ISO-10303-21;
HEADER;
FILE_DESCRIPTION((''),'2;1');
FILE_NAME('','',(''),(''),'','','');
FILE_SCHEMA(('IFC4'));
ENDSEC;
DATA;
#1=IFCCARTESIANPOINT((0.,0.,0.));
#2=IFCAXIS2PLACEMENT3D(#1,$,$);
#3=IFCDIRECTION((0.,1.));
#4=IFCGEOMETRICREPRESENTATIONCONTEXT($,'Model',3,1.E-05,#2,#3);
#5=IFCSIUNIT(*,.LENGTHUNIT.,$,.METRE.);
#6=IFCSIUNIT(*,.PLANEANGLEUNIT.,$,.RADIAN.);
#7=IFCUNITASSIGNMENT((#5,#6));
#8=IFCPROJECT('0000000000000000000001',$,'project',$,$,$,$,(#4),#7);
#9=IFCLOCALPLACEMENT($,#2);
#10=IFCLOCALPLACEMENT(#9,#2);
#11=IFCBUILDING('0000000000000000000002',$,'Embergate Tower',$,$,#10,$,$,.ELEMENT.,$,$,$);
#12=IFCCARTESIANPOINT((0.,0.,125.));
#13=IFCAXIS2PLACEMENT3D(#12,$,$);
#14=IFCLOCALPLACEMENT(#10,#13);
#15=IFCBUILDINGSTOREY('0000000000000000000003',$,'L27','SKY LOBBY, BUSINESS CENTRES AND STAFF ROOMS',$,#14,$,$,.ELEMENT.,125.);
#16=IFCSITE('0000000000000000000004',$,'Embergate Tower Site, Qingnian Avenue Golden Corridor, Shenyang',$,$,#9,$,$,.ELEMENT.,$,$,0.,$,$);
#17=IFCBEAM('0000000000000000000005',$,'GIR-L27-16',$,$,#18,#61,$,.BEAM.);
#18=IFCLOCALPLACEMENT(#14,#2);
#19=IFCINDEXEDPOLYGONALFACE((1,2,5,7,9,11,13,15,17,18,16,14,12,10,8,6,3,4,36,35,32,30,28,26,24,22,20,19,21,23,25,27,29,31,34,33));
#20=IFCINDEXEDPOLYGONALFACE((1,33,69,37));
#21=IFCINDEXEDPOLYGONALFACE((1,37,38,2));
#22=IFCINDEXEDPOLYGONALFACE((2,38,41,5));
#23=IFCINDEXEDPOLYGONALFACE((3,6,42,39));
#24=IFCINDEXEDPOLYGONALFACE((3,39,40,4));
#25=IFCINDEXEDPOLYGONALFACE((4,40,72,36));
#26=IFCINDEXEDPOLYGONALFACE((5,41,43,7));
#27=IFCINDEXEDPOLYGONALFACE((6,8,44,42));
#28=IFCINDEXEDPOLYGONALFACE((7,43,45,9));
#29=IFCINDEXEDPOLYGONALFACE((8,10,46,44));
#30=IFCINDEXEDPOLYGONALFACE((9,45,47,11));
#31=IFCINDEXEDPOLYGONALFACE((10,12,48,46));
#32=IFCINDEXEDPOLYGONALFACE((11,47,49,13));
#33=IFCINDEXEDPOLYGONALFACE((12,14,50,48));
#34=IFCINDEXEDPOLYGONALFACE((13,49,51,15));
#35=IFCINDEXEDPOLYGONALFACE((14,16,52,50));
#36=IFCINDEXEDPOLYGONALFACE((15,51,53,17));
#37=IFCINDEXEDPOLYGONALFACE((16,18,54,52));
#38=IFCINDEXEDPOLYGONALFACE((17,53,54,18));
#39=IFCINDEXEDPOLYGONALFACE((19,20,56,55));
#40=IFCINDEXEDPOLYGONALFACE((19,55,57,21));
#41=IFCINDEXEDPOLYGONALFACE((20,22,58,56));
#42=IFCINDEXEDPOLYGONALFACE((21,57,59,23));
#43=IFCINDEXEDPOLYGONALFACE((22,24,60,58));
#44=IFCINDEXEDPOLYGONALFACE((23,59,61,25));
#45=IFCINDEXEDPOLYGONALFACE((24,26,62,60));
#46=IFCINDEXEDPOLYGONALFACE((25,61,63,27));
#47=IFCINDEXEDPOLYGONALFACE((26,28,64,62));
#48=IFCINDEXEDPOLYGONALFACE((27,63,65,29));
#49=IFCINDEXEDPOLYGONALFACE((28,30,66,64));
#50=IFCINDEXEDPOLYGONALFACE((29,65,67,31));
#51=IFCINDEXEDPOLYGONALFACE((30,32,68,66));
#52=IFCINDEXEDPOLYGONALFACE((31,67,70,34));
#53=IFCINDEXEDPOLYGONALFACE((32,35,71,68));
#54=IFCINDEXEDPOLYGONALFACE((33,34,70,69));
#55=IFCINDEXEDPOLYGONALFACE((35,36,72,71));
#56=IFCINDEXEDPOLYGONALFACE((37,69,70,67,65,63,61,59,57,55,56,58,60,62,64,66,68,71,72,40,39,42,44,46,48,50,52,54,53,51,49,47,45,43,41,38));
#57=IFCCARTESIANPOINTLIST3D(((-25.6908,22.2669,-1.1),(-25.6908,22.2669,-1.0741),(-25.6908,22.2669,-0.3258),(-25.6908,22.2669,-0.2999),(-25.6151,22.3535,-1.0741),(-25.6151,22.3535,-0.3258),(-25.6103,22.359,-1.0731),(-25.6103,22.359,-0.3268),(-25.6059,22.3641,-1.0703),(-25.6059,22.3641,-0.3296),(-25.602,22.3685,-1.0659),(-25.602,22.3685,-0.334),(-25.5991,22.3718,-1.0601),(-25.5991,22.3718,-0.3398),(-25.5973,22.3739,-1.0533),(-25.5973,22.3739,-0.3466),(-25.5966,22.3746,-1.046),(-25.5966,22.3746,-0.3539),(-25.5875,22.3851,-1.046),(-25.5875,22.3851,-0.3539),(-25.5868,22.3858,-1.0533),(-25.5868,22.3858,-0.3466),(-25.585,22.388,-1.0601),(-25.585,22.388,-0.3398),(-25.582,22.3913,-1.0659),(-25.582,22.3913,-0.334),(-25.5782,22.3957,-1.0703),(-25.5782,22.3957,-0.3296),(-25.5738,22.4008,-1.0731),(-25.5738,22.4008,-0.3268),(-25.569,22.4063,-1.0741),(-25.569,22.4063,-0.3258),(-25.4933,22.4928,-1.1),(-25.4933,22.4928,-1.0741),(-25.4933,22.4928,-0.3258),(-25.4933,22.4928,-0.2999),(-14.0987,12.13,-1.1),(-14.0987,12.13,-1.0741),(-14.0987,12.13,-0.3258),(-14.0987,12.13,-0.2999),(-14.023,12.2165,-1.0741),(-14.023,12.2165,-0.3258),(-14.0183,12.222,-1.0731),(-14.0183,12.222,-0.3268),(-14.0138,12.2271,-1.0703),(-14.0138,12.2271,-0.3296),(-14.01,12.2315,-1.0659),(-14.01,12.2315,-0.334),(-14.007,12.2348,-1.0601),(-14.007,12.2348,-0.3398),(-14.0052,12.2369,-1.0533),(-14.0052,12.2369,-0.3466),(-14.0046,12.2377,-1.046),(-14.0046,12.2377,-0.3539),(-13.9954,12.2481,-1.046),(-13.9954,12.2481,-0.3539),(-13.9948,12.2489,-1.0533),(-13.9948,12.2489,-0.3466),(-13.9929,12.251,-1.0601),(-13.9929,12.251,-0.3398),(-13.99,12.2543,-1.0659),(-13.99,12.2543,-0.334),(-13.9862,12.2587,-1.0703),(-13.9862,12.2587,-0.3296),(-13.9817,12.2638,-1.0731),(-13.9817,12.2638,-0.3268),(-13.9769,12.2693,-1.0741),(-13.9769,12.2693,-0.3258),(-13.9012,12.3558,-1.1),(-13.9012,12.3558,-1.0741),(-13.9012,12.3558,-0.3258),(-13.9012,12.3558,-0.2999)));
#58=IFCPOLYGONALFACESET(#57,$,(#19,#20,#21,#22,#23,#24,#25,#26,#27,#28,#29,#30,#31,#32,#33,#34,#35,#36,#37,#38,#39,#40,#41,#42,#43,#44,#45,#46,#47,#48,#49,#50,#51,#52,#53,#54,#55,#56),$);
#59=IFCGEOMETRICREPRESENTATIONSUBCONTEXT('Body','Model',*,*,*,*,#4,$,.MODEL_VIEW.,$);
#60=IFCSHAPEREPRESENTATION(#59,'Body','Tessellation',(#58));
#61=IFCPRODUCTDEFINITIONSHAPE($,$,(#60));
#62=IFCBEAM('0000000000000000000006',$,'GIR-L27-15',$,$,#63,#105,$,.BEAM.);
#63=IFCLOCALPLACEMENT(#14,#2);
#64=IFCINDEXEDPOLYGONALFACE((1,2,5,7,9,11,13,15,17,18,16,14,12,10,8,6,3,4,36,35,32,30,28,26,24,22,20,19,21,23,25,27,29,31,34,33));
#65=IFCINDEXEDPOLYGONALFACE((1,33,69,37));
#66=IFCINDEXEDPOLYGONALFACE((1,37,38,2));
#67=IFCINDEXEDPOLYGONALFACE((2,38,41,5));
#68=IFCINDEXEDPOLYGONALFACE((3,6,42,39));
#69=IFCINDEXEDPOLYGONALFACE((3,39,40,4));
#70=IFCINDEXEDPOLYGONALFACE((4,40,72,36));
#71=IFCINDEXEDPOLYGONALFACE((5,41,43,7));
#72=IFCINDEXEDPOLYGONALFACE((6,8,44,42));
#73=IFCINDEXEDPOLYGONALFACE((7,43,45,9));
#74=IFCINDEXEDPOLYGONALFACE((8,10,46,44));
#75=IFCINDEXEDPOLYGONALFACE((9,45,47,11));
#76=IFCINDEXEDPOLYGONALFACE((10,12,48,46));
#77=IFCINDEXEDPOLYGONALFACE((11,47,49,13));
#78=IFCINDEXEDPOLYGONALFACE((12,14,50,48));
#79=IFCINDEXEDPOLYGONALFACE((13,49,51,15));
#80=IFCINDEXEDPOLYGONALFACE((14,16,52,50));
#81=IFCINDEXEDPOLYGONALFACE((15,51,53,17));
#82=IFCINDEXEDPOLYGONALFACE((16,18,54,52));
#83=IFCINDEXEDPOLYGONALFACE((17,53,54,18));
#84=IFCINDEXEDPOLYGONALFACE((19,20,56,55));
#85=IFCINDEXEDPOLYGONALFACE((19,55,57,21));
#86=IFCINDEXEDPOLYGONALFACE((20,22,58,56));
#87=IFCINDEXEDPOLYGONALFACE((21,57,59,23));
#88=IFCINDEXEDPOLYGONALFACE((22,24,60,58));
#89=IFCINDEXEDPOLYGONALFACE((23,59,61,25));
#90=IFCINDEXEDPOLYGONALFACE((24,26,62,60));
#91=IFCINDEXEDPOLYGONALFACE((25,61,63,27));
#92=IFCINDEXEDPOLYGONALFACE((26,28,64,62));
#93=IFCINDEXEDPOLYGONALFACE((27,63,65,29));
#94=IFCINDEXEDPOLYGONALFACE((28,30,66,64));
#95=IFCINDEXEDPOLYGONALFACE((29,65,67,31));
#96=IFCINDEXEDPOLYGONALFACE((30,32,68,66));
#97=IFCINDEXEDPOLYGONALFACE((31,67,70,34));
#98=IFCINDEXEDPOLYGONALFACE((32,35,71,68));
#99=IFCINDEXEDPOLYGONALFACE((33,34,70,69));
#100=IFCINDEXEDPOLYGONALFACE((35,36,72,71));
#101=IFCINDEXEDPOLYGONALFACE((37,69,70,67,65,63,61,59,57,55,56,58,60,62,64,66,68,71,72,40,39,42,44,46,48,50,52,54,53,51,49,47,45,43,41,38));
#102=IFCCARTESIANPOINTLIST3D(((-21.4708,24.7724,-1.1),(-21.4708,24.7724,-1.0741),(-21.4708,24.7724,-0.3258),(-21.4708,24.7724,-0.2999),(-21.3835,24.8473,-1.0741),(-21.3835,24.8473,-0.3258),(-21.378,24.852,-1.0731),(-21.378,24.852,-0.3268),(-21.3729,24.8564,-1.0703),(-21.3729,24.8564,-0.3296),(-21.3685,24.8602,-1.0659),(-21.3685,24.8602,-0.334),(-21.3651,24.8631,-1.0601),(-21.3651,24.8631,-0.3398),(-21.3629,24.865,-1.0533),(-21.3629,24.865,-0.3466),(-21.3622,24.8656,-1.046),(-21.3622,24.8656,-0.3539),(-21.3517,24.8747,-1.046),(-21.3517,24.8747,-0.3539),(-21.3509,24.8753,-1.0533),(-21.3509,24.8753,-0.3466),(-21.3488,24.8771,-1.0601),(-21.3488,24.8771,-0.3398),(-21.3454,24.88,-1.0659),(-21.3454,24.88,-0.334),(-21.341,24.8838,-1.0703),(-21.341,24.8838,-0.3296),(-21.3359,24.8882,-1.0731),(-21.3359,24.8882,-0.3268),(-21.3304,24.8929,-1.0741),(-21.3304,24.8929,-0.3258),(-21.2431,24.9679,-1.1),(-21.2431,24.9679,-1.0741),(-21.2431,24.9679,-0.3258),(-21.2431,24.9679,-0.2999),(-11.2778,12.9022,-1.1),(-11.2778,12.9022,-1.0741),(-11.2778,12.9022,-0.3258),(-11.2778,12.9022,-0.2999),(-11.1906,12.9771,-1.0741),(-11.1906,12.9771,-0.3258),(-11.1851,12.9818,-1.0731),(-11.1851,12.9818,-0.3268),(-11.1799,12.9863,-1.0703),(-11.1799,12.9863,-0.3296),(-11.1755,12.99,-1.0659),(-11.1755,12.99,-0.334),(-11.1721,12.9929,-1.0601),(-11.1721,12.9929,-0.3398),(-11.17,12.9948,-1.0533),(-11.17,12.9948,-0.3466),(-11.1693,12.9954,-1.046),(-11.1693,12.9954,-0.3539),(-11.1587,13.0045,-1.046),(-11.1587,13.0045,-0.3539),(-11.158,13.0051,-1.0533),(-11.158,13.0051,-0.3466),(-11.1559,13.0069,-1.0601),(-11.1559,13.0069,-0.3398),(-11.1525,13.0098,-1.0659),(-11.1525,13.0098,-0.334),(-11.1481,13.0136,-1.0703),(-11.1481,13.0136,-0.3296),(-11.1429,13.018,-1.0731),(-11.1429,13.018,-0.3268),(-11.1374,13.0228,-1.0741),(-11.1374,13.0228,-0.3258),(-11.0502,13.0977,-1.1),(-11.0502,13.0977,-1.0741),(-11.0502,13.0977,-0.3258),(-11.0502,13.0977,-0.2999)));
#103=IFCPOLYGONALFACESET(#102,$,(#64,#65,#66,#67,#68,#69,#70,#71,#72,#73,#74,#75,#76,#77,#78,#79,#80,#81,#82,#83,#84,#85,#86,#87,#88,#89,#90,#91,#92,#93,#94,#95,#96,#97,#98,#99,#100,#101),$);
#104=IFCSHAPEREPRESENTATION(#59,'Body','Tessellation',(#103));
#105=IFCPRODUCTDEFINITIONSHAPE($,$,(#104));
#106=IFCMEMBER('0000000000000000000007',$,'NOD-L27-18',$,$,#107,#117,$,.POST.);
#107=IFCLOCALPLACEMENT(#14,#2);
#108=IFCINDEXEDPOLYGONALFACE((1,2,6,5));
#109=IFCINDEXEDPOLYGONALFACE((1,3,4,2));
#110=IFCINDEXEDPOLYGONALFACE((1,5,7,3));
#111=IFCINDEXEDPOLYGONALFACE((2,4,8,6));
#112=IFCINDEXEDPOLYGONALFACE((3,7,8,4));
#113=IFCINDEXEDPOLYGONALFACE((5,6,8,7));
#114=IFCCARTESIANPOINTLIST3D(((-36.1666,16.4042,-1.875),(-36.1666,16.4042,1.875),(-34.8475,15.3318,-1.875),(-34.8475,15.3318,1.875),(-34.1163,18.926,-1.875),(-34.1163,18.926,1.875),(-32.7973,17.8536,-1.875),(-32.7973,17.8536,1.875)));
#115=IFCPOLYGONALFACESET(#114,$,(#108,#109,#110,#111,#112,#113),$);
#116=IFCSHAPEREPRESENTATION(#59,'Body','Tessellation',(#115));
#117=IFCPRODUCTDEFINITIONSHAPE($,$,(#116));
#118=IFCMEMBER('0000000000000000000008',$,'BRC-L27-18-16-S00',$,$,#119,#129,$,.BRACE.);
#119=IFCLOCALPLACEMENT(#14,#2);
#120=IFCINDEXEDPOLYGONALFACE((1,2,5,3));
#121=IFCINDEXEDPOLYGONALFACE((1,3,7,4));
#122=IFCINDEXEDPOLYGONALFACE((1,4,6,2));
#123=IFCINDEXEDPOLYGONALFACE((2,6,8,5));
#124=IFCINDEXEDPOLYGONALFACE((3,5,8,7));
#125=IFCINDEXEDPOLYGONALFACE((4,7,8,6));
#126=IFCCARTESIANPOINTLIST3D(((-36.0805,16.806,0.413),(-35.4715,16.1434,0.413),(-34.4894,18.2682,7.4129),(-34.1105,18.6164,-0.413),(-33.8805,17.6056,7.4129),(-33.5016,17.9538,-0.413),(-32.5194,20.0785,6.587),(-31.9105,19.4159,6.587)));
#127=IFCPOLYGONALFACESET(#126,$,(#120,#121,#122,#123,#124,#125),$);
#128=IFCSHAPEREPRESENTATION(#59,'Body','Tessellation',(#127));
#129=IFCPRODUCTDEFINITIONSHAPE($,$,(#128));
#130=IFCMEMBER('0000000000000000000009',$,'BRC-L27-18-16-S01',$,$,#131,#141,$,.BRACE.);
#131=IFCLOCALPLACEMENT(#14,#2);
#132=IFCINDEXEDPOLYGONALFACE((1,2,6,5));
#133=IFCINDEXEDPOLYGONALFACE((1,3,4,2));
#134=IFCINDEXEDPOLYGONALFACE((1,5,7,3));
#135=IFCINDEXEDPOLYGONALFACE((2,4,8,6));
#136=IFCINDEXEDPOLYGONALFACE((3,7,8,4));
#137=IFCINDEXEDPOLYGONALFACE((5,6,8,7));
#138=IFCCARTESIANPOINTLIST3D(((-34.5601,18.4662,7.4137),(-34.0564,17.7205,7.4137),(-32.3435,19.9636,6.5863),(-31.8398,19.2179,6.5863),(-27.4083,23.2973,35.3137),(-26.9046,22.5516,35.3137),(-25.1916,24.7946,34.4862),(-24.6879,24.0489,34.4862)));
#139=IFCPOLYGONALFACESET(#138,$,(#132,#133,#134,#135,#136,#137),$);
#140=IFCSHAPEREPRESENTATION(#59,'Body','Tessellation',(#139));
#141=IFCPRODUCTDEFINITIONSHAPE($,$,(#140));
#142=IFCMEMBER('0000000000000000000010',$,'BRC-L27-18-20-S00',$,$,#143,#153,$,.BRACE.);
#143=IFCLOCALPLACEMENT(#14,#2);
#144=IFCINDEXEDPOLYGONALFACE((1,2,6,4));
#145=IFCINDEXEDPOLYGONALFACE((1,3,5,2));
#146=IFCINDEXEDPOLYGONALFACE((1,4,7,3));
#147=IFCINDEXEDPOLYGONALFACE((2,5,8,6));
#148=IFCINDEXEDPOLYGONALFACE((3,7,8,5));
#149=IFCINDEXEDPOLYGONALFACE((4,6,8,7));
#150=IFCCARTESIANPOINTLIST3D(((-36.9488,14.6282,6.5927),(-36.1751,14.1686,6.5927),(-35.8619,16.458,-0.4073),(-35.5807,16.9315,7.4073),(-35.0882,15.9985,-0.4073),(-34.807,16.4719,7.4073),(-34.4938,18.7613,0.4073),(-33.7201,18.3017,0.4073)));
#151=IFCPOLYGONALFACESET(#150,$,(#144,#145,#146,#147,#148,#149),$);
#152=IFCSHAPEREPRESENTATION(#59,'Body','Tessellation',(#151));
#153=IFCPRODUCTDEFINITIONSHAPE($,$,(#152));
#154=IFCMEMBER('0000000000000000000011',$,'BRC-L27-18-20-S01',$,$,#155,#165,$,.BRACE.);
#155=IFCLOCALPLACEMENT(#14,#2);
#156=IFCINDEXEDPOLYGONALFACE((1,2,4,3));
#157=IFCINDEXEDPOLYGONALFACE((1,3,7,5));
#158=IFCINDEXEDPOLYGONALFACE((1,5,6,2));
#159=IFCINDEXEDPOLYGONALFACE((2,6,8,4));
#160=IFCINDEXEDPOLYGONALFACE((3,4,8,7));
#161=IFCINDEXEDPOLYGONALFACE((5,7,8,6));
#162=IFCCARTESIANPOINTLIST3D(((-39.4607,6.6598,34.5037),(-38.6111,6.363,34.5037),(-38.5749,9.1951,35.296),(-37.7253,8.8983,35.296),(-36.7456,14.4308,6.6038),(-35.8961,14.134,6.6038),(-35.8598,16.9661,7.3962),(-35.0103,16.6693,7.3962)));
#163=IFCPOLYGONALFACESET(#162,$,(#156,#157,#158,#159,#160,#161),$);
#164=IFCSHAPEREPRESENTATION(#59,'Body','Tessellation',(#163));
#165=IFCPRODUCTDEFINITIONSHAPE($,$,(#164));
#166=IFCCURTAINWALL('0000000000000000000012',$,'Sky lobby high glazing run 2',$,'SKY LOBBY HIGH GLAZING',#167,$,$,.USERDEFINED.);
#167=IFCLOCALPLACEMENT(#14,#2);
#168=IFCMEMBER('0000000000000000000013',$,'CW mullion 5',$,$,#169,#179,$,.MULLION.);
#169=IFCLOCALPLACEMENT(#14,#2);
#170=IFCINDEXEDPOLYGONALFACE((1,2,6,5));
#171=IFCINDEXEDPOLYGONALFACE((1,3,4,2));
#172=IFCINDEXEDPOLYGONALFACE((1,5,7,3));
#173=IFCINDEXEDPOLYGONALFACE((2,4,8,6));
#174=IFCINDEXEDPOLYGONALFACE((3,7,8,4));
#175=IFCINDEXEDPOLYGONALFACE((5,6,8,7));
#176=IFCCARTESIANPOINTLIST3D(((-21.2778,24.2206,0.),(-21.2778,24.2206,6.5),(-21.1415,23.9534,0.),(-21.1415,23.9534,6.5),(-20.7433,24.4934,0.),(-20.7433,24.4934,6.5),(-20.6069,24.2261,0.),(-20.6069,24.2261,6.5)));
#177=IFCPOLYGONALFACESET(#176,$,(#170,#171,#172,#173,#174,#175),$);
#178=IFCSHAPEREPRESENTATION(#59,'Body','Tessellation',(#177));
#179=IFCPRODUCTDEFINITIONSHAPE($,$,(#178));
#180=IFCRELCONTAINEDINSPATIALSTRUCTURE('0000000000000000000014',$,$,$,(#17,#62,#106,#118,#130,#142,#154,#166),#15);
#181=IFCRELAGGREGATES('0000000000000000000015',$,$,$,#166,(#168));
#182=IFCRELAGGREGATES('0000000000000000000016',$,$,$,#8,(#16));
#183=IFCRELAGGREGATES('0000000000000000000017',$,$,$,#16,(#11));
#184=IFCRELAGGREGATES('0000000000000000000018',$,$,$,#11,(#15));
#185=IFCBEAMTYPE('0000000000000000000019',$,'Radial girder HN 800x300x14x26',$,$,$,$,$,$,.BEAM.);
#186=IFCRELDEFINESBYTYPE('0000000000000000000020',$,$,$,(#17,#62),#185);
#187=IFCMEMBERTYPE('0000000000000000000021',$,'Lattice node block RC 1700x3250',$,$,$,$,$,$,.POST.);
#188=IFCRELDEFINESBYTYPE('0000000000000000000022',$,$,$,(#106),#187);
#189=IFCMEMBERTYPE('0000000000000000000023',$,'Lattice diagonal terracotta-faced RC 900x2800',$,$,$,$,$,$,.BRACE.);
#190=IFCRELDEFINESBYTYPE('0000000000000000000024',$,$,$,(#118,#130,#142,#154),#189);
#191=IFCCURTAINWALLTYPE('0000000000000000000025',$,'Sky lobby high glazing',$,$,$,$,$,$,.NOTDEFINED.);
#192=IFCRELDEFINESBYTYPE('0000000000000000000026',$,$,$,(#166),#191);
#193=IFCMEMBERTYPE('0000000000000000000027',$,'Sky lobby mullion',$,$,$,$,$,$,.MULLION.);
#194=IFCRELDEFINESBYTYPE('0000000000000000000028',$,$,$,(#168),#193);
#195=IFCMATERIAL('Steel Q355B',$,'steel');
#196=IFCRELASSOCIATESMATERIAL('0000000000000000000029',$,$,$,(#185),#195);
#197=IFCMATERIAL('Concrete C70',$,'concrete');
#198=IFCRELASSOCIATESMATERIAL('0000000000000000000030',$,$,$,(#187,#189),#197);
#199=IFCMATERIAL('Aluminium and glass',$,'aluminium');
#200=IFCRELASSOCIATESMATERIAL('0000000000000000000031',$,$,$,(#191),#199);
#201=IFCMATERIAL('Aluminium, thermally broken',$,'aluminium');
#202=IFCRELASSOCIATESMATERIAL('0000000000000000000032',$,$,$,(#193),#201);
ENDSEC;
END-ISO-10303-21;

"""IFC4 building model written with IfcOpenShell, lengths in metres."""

from ifc_helpers import new_model, si_unit, direction, frame, origin, origin_2d, place, context, subcontext, project, spatial, rectangle, i_section, extrude, source, transform, mapped, material, material_profile, profile_set, type_object, element, aggregate, save


model = new_model("IFC4")

# Units and contexts
model_context = context("Model", 3, precision=1e-05, world=origin(), true_north=direction((0.0, 1.0)))
body_context = subcontext(model_context, "Body", "Model", "MODEL_VIEW")
ifc_project = project(units=[si_unit("LENGTHUNIT", "METRE"), si_unit("PLANEANGLEUNIT", "RADIAN")], contexts=[model_context])

# Site, building, storey
site_placement = place(None, origin())
site = spatial("IfcSite", under=ifc_project, at=site_placement, Name="Embergate Tower Site, Qingnian Avenue Golden Corridor, Shenyang", CompositionType="ELEMENT", RefElevation=0.0)
building_placement = place(site_placement, origin())
building = spatial("IfcBuilding", under=site, at=building_placement, Name="Embergate Tower", CompositionType="ELEMENT")
storey_placement = place(building_placement, frame((0.0, 0.0, 125.0)))
storey = spatial("IfcBuildingStorey", under=building, at=storey_placement, Name="L27", Description="SKY LOBBY, BUSINESS CENTRES AND STAFF ROOMS", CompositionType="ELEMENT", Elevation=125.0)

# Shared definitions
ifc_material_1 = material(Name="Concrete C70", Category="concrete")

# Beams
ifc_material_2 = material(Name="Steel Q355B", Category="steel")
ifc_material_profile_1 = material_profile(ifc_material_2, i_section(OverallWidth=0.3, OverallDepth=0.8, WebThickness=0.0139, FlangeThickness=0.0259, FilletRadius=0.0281, at=origin_2d()), Name="HN 800x300x14x26")
ifc_profile_set_1 = profile_set([ifc_material_profile_1], Name="Steel Q355 grade B")
beam_type_1 = type_object("IfcBeamType", Name="Radial girder HN 800x300x14x26", PredefinedType="BEAM", material=ifc_profile_set_1)
shared_shape_1 = source(origin(), body_context, "Body", "SweptSolid", [
    extrude(i_section(OverallWidth=0.3, OverallDepth=0.8, WebThickness=0.0139, FlangeThickness=0.0259, FilletRadius=0.0281, at=origin_2d()), origin(), (0.0, 0.0, 1.0), 15.3992),
])
beam_1_placement = place(storey_placement, frame((-25.592, 22.3799, -0.7), z_axis=(0.752772, -0.658281, 0.0), x_axis=(0.658281, 0.752772, 0.0)))
element("IfcBeam", 1, at=beam_1_placement, inside=storey, type_object=beam_type_1, Name="GIR-L27-16", PredefinedType="BEAM", context=body_context, shape_type="MappedRepresentation", body=[
    mapped(shared_shape_1, transform((0.0, 0.0, 0.0))),
])
shared_shape_2 = source(origin(), body_context, "Body", "SweptSolid", [
    extrude(i_section(OverallWidth=0.3, OverallDepth=0.8, WebThickness=0.0139, FlangeThickness=0.0259, FilletRadius=0.0281, at=origin_2d()), origin(), (0.0, 0.0, 1.0), 15.646),
])
beam_2_placement = place(storey_placement, frame((-21.3569, 24.8701, -0.7), z_axis=(0.651472, -0.758673, 0.0), x_axis=(0.758673, 0.651472, 0.0)))
element("IfcBeam", 2, at=beam_2_placement, inside=storey, type_object=beam_type_1, Name="GIR-L27-15", PredefinedType="BEAM", context=body_context, shape_type="MappedRepresentation", body=[
    mapped(shared_shape_2, transform((0.0, 0.0, 0.0))),
])

# Members
ifc_material_profile_2 = material_profile(ifc_material_1, rectangle(XDim=1.7, YDim=3.25, at=origin_2d()), Name="RC 1700x3250")
ifc_profile_set_2 = profile_set([ifc_material_profile_2], Name="Concrete C70")
member_type_1 = type_object("IfcMemberType", Name="Lattice node block RC 1700x3250", PredefinedType="POST", material=ifc_profile_set_2)
shared_shape_3 = source(origin(), body_context, "Body", "SweptSolid", [
    extrude(rectangle(XDim=1.7, YDim=3.25, at=origin_2d()), origin(), (0.0, 0.0, 1.0), 3.75),
])
member_1_placement = place(storey_placement, frame((-34.4819, 17.1289, -1.875), z_axis=(0.0, 0.0, 1.0), x_axis=(-0.775914, 0.630838, 0.0)))
element("IfcMember", 3, at=member_1_placement, inside=storey, type_object=member_type_1, Name="NOD-L27-18", PredefinedType="POST", context=body_context, shape_type="MappedRepresentation", body=[
    mapped(shared_shape_3, transform((0.0, 0.0, 0.0))),
])
ifc_material_profile_3 = material_profile(ifc_material_1, rectangle(XDim=0.8999, YDim=2.8, at=origin_2d()), Name="RC 900x2800")
ifc_profile_set_3 = profile_set([ifc_material_profile_3], Name="Concrete C70")
member_type_2 = type_object("IfcMemberType", Name="Lattice diagonal terracotta-faced RC 900x2800", PredefinedType="BRACE", material=ifc_profile_set_3)
shared_shape_4 = source(origin(), body_context, "Body", "SweptSolid", [
    extrude(rectangle(XDim=0.8999, YDim=2.8, at=origin_2d()), origin(), (0.0, 0.0, 1.0), 7.3259),
])
member_2_placement = place(storey_placement, frame((-34.791, 17.3799, 0.0), z_axis=(0.217182, 0.199586, 0.955509), x_axis=(-0.67665, 0.736305, 0.0)))
element("IfcMember", 4, at=member_2_placement, inside=storey, type_object=member_type_2, Name="BRC-L27-18-16-S00", PredefinedType="BRACE", context=body_context, shape_type="MappedRepresentation", body=[
    mapped(shared_shape_4, transform((0.0, 0.0, 0.0))),
])
shared_shape_5 = source(origin(), body_context, "Body", "SweptSolid", [
    extrude(rectangle(XDim=0.8999, YDim=2.8, at=origin_2d()), origin(), (0.0, 0.0, 1.0), 29.2043),
])
member_3_placement = place(storey_placement, frame((-33.2, 18.842, 7.0), z_axis=(0.24489, 0.165423, 0.955335), x_axis=(-0.559756, 0.828658, 0.0)))
element("IfcMember", 5, at=member_3_placement, inside=storey, type_object=member_type_2, Name="BRC-L27-18-16-S01", PredefinedType="BRACE", context=body_context, shape_type="MappedRepresentation", body=[
    mapped(shared_shape_5, transform((0.0, 0.0, 0.0))),
])
shared_shape_6 = source(origin(), body_context, "Body", "SweptSolid", [
    extrude(rectangle(XDim=0.8999, YDim=2.8, at=origin_2d()), origin(), (0.0, 0.0, 1.0), 7.3164),
])
member_4_placement = place(storey_placement, frame((-34.791, 17.3799, 0.0), z_axis=(-0.148559, -0.2501, 0.956755), x_axis=(0.859762, -0.510695, 0.0)))
element("IfcMember", 6, at=member_4_placement, inside=storey, type_object=member_type_2, Name="BRC-L27-18-20-S00", PredefinedType="BRACE", context=body_context, shape_type="MappedRepresentation", body=[
    mapped(shared_shape_6, transform((0.0, 0.0, 0.0))),
])
shared_shape_7 = source(origin(), body_context, "Body", "SweptSolid", [
    extrude(rectangle(XDim=0.8999, YDim=2.8, at=origin_2d()), origin(), (0.0, 0.0, 1.0), 29.0889),
])
member_5_placement = place(storey_placement, frame((-35.8779, 15.55, 7.0), z_axis=(-0.093338, -0.267146, 0.959125), x_axis=(0.944039, -0.329835, 0.0)))
element("IfcMember", 7, at=member_5_placement, inside=storey, type_object=member_type_2, Name="BRC-L27-18-20-S01", PredefinedType="BRACE", context=body_context, shape_type="MappedRepresentation", body=[
    mapped(shared_shape_7, transform((0.0, 0.0, 0.0))),
])

# Curtain wall, member
ifc_material_3 = material(Name="Aluminium and glass", Category="aluminium")
curtain_wall_type = type_object("IfcCurtainWallType", Name="Sky lobby high glazing", PredefinedType="NOTDEFINED", material=ifc_material_3)
curtain_wall_placement = place(storey_placement, origin())
curtain_wall = element("IfcCurtainWall", 8, at=curtain_wall_placement, inside=storey, type_object=curtain_wall_type, Name="Sky lobby high glazing run 2", ObjectType="SKY LOBBY HIGH GLAZING", PredefinedType="USERDEFINED")
ifc_material_4 = material(Name="Aluminium, thermally broken", Category="aluminium")
ifc_material_profile_4 = material_profile(ifc_material_4, rectangle(XDim=0.3, YDim=0.6001, at=origin_2d()), Name="AL 600x300")
ifc_profile_set_4 = profile_set([ifc_material_profile_4], Name="Aluminium, thermally broken")
member_type_3 = type_object("IfcMemberType", Name="Sky lobby mullion", PredefinedType="MULLION", material=ifc_profile_set_4)
shared_shape_8 = source(origin(), body_context, "Body", "SweptSolid", [
    extrude(rectangle(XDim=0.3, YDim=0.6001, at=origin_2d()), origin(), (0.0, 0.0, 1.0), 6.5),
])
member_6_placement = place(storey_placement, frame((-20.9424, 24.2234, 0.0), z_axis=(0.0, 0.0, 1.0), x_axis=(0.454505, -0.890744, 0.0)))
member_6 = element("IfcMember", 9, at=member_6_placement, type_object=member_type_3, Name="CW mullion 5", PredefinedType="MULLION", context=body_context, shape_type="MappedRepresentation", body=[
    mapped(shared_shape_8, transform((0.0, 0.0, 0.0))),
])
aggregate(curtain_wall, [member_6])

save(model, "model.ifc")
